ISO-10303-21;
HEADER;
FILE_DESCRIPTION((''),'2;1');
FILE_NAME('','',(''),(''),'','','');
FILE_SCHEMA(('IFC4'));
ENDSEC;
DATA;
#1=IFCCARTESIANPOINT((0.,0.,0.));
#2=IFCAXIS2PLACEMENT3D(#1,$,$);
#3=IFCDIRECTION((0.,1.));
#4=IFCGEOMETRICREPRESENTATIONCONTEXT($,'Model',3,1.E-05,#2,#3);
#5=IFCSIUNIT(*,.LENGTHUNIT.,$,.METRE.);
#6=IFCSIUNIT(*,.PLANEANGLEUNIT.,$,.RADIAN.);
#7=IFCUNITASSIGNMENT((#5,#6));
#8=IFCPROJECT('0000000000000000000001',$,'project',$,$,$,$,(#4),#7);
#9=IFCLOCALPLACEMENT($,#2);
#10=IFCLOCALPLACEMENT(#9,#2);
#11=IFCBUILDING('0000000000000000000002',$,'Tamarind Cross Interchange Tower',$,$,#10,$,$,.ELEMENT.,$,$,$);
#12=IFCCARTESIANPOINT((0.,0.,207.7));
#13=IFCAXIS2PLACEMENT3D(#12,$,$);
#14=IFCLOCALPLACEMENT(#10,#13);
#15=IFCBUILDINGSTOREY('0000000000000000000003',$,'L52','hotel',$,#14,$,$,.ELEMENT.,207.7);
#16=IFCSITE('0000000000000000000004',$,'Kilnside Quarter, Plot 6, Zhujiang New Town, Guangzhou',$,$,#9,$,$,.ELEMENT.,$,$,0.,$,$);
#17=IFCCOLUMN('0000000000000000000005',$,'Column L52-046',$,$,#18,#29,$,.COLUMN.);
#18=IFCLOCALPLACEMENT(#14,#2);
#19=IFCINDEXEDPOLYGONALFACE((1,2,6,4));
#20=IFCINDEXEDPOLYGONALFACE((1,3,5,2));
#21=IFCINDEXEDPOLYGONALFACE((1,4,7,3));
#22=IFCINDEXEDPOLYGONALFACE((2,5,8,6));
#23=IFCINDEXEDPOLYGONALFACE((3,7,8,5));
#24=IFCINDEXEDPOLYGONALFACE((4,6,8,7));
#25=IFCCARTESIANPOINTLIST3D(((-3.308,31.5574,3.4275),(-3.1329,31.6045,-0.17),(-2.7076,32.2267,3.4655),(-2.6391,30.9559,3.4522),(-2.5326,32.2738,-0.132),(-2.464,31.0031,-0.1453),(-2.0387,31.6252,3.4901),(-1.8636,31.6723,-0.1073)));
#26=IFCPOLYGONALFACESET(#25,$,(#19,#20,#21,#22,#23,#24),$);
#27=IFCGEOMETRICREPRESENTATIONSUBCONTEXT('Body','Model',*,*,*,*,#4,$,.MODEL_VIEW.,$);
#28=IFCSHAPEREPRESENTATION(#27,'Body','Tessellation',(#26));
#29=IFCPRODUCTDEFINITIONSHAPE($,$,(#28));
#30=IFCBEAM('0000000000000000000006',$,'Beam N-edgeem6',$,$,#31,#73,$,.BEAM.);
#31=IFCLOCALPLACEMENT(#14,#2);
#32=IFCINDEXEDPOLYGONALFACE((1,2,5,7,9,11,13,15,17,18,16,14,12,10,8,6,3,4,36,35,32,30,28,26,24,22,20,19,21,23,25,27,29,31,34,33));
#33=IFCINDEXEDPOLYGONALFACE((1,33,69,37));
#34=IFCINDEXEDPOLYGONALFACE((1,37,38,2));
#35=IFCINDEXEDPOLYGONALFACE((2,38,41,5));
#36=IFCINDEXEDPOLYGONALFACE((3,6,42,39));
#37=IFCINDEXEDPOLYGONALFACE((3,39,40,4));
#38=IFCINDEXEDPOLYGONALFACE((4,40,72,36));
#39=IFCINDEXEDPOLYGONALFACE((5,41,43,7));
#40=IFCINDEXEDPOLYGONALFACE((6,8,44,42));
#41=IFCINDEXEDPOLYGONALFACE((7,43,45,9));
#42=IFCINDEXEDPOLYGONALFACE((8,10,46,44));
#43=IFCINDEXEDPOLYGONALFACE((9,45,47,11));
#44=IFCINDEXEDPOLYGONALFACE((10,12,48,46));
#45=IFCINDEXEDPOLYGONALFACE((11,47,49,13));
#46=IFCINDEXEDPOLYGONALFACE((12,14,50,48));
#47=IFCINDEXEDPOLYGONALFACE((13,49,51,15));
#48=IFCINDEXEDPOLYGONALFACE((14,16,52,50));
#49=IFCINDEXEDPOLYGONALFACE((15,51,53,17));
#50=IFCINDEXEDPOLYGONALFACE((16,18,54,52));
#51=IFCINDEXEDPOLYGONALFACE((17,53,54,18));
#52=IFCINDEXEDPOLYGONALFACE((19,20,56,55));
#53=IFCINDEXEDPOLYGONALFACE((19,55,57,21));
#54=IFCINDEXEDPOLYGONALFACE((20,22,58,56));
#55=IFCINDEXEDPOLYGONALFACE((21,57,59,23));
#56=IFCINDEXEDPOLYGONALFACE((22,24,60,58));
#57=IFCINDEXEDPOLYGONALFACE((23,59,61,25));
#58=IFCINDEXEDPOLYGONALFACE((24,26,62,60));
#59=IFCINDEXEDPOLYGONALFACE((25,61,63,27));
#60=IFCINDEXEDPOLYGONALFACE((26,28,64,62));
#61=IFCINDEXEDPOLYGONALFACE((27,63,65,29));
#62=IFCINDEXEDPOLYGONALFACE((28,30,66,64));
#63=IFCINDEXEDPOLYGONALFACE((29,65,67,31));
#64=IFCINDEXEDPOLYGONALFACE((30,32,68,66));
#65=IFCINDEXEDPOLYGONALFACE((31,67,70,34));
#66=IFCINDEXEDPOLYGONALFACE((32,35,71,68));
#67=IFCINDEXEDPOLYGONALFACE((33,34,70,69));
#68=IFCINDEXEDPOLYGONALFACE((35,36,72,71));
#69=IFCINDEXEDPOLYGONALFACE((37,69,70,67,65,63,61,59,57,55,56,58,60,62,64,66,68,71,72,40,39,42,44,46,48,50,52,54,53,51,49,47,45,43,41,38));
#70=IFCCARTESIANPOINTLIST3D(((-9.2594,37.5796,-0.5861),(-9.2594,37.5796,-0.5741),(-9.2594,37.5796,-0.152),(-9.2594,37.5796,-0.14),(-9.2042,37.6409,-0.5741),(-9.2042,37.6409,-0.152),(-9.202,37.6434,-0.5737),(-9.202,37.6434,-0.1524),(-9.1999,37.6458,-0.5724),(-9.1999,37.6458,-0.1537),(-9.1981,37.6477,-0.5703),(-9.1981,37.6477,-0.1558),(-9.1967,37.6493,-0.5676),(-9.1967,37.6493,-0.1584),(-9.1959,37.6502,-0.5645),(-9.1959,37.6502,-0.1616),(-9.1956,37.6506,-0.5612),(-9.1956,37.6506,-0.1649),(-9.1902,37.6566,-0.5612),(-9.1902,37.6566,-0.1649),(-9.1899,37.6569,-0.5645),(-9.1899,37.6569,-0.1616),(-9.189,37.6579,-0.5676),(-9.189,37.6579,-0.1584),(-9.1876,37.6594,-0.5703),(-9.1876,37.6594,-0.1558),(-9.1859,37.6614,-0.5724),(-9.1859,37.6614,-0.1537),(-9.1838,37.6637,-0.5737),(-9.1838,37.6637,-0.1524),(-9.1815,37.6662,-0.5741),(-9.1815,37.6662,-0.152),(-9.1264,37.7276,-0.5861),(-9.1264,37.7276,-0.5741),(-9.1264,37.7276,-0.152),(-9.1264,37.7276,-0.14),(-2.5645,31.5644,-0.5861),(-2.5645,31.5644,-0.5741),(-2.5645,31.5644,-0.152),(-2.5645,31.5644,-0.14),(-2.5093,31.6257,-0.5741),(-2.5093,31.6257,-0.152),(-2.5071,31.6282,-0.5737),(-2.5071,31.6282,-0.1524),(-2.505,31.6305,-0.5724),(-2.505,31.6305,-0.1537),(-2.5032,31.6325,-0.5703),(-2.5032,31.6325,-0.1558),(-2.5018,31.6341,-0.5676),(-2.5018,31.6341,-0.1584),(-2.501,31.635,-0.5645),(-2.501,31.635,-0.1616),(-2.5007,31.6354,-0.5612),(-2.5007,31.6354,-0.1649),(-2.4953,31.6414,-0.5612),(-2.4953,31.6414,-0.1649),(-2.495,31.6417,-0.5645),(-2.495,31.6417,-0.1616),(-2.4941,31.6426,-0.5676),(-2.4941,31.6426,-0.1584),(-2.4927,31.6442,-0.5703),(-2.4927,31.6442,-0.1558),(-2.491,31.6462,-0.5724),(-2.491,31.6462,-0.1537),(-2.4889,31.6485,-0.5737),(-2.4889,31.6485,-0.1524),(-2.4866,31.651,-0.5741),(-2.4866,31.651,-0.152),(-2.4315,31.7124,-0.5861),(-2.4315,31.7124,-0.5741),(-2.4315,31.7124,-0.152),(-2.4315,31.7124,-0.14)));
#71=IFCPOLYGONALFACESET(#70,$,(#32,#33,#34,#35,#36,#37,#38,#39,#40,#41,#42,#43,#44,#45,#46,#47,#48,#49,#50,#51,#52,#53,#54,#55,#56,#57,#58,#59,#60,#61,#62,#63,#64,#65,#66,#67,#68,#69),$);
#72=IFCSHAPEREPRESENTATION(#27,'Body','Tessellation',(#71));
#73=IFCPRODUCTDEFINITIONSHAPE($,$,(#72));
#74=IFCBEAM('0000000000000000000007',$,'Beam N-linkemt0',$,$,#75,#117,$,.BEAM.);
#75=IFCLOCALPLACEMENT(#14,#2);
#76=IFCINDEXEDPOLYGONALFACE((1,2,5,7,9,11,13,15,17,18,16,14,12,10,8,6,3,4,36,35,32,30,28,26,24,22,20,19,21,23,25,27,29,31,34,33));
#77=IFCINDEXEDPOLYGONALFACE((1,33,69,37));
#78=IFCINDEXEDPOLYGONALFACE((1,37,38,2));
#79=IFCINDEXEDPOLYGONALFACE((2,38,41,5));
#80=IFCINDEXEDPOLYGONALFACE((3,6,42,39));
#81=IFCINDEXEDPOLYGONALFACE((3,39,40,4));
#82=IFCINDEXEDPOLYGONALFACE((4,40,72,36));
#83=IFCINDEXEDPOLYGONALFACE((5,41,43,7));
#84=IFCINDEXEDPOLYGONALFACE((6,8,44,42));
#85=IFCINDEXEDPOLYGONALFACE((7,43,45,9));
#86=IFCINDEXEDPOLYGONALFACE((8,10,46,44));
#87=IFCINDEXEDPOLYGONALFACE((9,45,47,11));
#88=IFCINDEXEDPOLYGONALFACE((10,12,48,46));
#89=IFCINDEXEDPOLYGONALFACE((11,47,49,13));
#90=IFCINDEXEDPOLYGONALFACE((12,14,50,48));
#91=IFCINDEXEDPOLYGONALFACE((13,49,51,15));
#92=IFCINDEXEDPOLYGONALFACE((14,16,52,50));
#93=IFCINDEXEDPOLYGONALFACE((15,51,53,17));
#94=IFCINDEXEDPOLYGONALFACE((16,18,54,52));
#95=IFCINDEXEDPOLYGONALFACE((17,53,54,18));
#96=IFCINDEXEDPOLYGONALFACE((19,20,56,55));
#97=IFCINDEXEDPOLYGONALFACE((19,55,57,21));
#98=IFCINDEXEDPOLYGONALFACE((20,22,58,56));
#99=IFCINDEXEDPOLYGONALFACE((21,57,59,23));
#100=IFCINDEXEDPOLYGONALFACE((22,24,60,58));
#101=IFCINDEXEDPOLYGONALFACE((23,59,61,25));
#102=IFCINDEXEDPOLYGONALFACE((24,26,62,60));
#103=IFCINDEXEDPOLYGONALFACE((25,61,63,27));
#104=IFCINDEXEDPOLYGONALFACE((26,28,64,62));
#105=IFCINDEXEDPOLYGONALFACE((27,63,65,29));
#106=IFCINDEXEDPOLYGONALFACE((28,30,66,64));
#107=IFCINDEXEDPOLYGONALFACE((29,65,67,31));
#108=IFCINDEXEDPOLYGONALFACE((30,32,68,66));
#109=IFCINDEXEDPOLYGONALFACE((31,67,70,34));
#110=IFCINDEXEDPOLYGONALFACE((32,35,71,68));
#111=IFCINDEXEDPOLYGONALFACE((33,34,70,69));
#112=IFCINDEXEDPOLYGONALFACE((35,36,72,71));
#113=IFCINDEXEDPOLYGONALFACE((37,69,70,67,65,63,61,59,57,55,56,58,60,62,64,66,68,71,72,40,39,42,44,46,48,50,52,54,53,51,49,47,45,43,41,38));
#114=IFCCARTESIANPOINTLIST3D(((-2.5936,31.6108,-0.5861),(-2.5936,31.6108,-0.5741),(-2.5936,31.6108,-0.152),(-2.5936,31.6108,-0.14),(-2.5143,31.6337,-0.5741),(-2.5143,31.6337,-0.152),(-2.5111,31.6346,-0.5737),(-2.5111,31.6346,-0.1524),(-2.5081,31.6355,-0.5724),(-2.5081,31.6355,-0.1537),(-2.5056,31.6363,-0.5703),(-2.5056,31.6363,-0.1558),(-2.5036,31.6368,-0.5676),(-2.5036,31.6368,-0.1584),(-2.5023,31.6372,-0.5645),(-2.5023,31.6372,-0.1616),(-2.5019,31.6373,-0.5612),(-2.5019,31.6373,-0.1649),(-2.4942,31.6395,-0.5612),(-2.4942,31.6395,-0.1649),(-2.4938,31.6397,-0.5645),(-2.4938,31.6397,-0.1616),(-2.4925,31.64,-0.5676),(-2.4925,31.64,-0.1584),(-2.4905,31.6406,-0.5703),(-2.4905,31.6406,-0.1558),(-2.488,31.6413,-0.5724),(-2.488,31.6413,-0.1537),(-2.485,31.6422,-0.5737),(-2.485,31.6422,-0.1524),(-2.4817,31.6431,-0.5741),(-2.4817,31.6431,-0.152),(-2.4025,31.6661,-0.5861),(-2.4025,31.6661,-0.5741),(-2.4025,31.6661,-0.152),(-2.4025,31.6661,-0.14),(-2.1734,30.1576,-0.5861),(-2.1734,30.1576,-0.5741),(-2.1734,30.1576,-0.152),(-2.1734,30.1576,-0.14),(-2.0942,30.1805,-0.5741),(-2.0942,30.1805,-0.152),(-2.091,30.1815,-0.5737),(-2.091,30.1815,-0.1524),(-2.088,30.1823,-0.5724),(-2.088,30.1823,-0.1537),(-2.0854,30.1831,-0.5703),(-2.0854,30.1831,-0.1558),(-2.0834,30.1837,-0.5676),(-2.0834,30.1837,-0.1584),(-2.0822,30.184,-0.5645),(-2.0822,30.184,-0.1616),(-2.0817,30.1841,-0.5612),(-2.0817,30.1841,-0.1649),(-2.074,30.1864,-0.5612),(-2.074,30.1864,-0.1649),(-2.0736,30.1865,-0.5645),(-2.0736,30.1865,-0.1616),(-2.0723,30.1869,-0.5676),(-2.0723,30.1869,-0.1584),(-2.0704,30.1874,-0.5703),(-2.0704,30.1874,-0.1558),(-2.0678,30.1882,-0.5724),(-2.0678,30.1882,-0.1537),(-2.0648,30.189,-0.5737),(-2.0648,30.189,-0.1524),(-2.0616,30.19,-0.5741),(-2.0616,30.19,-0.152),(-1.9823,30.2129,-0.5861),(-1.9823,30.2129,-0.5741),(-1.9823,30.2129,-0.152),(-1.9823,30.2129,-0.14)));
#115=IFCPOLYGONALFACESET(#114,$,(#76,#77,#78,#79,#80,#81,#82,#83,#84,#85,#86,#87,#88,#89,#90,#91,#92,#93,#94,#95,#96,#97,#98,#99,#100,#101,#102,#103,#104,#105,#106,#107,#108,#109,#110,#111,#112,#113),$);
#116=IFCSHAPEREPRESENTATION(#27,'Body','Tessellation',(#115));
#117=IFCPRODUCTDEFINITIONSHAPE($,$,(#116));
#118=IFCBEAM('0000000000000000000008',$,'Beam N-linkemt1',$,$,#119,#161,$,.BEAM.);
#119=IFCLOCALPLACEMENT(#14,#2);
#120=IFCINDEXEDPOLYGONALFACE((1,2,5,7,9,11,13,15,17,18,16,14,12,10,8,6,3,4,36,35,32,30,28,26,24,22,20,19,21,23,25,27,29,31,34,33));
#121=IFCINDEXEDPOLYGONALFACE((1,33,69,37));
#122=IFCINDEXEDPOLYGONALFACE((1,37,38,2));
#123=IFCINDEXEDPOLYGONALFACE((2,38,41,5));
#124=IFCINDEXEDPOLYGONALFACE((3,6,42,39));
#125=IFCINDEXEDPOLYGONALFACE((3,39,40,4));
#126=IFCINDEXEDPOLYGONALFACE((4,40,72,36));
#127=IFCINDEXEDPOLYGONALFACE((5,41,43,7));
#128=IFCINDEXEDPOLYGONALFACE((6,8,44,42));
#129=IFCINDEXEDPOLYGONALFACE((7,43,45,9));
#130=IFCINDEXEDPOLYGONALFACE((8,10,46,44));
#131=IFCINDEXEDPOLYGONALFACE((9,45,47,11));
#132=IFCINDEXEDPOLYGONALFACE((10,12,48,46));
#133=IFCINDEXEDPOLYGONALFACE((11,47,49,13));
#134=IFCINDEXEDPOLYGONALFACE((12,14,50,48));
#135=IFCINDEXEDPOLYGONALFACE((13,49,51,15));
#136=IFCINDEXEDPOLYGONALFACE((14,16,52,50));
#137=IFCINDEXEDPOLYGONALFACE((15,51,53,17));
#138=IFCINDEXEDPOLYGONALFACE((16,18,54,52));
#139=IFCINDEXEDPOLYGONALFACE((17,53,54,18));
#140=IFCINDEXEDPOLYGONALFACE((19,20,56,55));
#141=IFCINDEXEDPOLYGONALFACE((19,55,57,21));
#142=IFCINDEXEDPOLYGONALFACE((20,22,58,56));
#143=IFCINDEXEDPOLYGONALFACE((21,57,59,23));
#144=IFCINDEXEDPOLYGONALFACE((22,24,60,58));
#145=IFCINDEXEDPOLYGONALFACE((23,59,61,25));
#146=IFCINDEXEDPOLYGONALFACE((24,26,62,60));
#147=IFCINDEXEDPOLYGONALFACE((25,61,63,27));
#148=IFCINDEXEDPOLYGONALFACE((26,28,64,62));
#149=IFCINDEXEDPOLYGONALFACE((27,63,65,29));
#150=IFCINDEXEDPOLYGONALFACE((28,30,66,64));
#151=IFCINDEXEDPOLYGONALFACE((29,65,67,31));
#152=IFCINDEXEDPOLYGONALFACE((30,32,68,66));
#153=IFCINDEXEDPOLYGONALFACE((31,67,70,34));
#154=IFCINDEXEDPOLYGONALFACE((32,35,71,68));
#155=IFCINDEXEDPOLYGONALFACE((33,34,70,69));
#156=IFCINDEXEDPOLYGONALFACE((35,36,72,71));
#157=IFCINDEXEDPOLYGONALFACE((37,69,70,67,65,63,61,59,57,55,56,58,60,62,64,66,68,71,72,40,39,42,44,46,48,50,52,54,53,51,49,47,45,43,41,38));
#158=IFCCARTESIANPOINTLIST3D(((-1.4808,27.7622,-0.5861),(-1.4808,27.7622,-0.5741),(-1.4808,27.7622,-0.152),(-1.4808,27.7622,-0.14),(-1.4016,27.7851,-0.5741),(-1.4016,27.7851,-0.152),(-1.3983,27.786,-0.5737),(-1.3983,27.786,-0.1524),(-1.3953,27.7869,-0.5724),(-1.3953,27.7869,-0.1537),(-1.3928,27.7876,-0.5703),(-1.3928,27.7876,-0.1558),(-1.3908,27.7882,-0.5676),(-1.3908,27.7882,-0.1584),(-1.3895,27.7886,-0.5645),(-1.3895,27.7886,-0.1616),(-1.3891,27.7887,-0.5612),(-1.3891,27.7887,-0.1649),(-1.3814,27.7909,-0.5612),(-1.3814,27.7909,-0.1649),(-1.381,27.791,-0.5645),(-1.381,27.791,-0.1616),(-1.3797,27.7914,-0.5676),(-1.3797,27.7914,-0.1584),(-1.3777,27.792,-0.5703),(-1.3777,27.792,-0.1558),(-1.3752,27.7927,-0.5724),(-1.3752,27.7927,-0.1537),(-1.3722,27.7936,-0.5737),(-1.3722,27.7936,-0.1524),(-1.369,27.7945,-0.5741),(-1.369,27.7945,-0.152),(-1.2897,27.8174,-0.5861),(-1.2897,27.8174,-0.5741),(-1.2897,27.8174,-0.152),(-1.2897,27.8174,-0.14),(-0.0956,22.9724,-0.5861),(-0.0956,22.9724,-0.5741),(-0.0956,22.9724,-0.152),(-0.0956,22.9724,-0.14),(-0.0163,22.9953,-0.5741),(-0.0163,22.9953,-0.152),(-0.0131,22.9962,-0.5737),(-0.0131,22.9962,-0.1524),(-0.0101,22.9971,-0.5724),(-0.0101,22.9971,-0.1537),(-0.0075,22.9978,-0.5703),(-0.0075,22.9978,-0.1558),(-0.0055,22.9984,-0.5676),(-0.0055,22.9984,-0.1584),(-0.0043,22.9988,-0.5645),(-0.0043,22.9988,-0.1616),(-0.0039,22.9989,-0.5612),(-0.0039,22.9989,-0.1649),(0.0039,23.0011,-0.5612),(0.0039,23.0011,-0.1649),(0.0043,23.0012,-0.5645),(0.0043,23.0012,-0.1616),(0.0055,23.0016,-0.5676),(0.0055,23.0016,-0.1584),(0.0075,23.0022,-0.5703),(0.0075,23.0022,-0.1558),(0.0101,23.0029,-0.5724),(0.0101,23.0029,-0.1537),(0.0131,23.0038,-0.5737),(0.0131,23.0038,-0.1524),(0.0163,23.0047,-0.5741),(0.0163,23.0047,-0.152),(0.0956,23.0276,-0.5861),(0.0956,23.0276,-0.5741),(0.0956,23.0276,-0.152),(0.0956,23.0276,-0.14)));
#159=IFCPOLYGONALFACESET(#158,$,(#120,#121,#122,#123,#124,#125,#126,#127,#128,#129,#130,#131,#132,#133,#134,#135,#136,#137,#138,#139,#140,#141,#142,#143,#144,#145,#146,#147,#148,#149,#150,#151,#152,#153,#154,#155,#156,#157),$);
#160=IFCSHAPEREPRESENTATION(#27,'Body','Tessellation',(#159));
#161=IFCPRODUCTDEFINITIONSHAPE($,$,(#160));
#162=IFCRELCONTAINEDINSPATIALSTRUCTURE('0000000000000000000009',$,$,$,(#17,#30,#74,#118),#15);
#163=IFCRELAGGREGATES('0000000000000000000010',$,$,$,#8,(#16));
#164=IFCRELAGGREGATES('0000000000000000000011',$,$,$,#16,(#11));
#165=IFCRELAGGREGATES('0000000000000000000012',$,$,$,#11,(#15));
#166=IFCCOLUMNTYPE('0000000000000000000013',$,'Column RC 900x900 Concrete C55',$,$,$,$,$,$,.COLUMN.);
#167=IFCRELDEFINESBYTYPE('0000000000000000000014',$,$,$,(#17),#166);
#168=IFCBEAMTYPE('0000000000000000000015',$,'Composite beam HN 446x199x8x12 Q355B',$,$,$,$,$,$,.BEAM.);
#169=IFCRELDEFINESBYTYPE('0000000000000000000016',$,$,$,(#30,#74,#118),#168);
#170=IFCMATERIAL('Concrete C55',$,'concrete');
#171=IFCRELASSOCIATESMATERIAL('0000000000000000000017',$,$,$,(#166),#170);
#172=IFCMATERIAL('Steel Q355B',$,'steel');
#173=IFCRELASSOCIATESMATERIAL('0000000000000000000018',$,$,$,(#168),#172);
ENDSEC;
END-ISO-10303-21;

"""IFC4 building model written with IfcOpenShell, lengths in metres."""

from ifc_helpers import new_model, si_unit, direction, frame, origin, origin_2d, place, context, subcontext, project, spatial, rectangle, i_section, extrude, material, material_profile, profile_set, type_object, element, save


model = new_model("IFC4")

# Units and contexts
model_context = context("Model", 3, precision=1e-05, world=origin(), true_north=direction((0.0, 1.0)))
body_context = subcontext(model_context, "Body", "Model", "MODEL_VIEW")
ifc_project = project(units=[si_unit("LENGTHUNIT", "METRE"), si_unit("PLANEANGLEUNIT", "RADIAN")], contexts=[model_context])

# Site, building, storey
site_placement = place(None, origin())
site = spatial("IfcSite", under=ifc_project, at=site_placement, Name="Kilnside Quarter, Plot 6, Zhujiang New Town, Guangzhou", CompositionType="ELEMENT", RefElevation=0.0)
building_placement = place(site_placement, origin())
building = spatial("IfcBuilding", under=site, at=building_placement, Name="Tamarind Cross Interchange Tower", CompositionType="ELEMENT")
storey_placement = place(building_placement, frame((0.0, 0.0, 207.7)))
storey = spatial("IfcBuildingStorey", under=building, at=storey_placement, Name="L52", Description="hotel", CompositionType="ELEMENT", Elevation=207.7)

# Column
ifc_material_1 = material(Name="Concrete C55", Category="concrete")
ifc_material_profile_1 = material_profile(ifc_material_1, rectangle(XDim=0.8999, YDim=0.8999, at=origin_2d()), Name="RC 900x900")
ifc_profile_set_1 = profile_set([ifc_material_profile_1], Name="Concrete C55")
column_type = type_object("IfcColumnType", Name="Column RC 900x900 Concrete C55", PredefinedType="COLUMN", material=ifc_profile_set_1)
column_placement = place(storey_placement, frame((-2.4983, 31.6384, -0.1387), z_axis=(-0.048598, -0.013081, 0.998733), x_axis=(0.743338, -0.668354, 0.027416)))
element("IfcColumn", 1, at=column_placement, inside=storey, type_object=column_type, Name="Column L52-046", PredefinedType="COLUMN", context=body_context, shape_type="SweptSolid", body=[
    extrude(rectangle(XDim=0.8999, YDim=0.8999, at=origin_2d()), origin(), (0.0, 0.0, 1.0), 3.6021),
])

# Beams
ifc_material_2 = material(Name="Steel Q355B", Category="steel")
ifc_material_profile_2 = material_profile(ifc_material_2, i_section(OverallWidth=0.199, OverallDepth=0.446, WebThickness=0.0081, FlangeThickness=0.012, FilletRadius=0.0129, at=origin_2d()), Name="HN 446x199x8x12")
ifc_profile_set_2 = profile_set([ifc_material_profile_2], Name="Steel Q355B")
beam_type_1 = type_object("IfcBeamType", Name="Composite beam HN 446x199x8x12 Q355B", PredefinedType="BEAM", material=ifc_profile_set_2)
beam_1_placement = place(storey_placement, frame((-9.1929, 37.6536, -0.363), z_axis=(0.743858, -0.668338, 0.0), x_axis=(0.668338, 0.743858, 0.0)))
element("IfcBeam", 2, at=beam_1_placement, inside=storey, type_object=beam_type_1, Name="Beam N-edgeem6", PredefinedType="BEAM", context=body_context, shape_type="SweptSolid", body=[
    extrude(i_section(OverallWidth=0.199, OverallDepth=0.446, WebThickness=0.0081, FlangeThickness=0.012, FilletRadius=0.0129, at=origin_2d()), origin(), (0.0, 0.0, 1.0), 9.0002),
])
beam_2_placement = place(storey_placement, frame((-2.498, 31.6384, -0.363), z_axis=(0.277768, -0.960648, 0.0), x_axis=(0.960648, 0.277768, 0.0)))
element("IfcBeam", 3, at=beam_2_placement, inside=storey, type_object=beam_type_1, Name="Beam N-linkemt0", PredefinedType="BEAM", context=body_context, shape_type="SweptSolid", body=[
    extrude(i_section(OverallWidth=0.199, OverallDepth=0.446, WebThickness=0.0081, FlangeThickness=0.012, FilletRadius=0.0129, at=origin_2d()), origin(), (0.0, 0.0, 1.0), 1.5127),
])
beam_3_placement = place(storey_placement, frame((-1.3853, 27.7898, -0.363), z_axis=(0.277824, -0.960632, 0.0), x_axis=(0.960632, 0.277824, 0.0)))
element("IfcBeam", 4, at=beam_3_placement, inside=storey, type_object=beam_type_1, Name="Beam N-linkemt1", PredefinedType="BEAM", context=body_context, shape_type="SweptSolid", body=[
    extrude(i_section(OverallWidth=0.199, OverallDepth=0.446, WebThickness=0.0081, FlangeThickness=0.012, FilletRadius=0.0129, at=origin_2d()), origin(), (0.0, 0.0, 1.0), 4.9861),
])

save(model, "model.ifc")
